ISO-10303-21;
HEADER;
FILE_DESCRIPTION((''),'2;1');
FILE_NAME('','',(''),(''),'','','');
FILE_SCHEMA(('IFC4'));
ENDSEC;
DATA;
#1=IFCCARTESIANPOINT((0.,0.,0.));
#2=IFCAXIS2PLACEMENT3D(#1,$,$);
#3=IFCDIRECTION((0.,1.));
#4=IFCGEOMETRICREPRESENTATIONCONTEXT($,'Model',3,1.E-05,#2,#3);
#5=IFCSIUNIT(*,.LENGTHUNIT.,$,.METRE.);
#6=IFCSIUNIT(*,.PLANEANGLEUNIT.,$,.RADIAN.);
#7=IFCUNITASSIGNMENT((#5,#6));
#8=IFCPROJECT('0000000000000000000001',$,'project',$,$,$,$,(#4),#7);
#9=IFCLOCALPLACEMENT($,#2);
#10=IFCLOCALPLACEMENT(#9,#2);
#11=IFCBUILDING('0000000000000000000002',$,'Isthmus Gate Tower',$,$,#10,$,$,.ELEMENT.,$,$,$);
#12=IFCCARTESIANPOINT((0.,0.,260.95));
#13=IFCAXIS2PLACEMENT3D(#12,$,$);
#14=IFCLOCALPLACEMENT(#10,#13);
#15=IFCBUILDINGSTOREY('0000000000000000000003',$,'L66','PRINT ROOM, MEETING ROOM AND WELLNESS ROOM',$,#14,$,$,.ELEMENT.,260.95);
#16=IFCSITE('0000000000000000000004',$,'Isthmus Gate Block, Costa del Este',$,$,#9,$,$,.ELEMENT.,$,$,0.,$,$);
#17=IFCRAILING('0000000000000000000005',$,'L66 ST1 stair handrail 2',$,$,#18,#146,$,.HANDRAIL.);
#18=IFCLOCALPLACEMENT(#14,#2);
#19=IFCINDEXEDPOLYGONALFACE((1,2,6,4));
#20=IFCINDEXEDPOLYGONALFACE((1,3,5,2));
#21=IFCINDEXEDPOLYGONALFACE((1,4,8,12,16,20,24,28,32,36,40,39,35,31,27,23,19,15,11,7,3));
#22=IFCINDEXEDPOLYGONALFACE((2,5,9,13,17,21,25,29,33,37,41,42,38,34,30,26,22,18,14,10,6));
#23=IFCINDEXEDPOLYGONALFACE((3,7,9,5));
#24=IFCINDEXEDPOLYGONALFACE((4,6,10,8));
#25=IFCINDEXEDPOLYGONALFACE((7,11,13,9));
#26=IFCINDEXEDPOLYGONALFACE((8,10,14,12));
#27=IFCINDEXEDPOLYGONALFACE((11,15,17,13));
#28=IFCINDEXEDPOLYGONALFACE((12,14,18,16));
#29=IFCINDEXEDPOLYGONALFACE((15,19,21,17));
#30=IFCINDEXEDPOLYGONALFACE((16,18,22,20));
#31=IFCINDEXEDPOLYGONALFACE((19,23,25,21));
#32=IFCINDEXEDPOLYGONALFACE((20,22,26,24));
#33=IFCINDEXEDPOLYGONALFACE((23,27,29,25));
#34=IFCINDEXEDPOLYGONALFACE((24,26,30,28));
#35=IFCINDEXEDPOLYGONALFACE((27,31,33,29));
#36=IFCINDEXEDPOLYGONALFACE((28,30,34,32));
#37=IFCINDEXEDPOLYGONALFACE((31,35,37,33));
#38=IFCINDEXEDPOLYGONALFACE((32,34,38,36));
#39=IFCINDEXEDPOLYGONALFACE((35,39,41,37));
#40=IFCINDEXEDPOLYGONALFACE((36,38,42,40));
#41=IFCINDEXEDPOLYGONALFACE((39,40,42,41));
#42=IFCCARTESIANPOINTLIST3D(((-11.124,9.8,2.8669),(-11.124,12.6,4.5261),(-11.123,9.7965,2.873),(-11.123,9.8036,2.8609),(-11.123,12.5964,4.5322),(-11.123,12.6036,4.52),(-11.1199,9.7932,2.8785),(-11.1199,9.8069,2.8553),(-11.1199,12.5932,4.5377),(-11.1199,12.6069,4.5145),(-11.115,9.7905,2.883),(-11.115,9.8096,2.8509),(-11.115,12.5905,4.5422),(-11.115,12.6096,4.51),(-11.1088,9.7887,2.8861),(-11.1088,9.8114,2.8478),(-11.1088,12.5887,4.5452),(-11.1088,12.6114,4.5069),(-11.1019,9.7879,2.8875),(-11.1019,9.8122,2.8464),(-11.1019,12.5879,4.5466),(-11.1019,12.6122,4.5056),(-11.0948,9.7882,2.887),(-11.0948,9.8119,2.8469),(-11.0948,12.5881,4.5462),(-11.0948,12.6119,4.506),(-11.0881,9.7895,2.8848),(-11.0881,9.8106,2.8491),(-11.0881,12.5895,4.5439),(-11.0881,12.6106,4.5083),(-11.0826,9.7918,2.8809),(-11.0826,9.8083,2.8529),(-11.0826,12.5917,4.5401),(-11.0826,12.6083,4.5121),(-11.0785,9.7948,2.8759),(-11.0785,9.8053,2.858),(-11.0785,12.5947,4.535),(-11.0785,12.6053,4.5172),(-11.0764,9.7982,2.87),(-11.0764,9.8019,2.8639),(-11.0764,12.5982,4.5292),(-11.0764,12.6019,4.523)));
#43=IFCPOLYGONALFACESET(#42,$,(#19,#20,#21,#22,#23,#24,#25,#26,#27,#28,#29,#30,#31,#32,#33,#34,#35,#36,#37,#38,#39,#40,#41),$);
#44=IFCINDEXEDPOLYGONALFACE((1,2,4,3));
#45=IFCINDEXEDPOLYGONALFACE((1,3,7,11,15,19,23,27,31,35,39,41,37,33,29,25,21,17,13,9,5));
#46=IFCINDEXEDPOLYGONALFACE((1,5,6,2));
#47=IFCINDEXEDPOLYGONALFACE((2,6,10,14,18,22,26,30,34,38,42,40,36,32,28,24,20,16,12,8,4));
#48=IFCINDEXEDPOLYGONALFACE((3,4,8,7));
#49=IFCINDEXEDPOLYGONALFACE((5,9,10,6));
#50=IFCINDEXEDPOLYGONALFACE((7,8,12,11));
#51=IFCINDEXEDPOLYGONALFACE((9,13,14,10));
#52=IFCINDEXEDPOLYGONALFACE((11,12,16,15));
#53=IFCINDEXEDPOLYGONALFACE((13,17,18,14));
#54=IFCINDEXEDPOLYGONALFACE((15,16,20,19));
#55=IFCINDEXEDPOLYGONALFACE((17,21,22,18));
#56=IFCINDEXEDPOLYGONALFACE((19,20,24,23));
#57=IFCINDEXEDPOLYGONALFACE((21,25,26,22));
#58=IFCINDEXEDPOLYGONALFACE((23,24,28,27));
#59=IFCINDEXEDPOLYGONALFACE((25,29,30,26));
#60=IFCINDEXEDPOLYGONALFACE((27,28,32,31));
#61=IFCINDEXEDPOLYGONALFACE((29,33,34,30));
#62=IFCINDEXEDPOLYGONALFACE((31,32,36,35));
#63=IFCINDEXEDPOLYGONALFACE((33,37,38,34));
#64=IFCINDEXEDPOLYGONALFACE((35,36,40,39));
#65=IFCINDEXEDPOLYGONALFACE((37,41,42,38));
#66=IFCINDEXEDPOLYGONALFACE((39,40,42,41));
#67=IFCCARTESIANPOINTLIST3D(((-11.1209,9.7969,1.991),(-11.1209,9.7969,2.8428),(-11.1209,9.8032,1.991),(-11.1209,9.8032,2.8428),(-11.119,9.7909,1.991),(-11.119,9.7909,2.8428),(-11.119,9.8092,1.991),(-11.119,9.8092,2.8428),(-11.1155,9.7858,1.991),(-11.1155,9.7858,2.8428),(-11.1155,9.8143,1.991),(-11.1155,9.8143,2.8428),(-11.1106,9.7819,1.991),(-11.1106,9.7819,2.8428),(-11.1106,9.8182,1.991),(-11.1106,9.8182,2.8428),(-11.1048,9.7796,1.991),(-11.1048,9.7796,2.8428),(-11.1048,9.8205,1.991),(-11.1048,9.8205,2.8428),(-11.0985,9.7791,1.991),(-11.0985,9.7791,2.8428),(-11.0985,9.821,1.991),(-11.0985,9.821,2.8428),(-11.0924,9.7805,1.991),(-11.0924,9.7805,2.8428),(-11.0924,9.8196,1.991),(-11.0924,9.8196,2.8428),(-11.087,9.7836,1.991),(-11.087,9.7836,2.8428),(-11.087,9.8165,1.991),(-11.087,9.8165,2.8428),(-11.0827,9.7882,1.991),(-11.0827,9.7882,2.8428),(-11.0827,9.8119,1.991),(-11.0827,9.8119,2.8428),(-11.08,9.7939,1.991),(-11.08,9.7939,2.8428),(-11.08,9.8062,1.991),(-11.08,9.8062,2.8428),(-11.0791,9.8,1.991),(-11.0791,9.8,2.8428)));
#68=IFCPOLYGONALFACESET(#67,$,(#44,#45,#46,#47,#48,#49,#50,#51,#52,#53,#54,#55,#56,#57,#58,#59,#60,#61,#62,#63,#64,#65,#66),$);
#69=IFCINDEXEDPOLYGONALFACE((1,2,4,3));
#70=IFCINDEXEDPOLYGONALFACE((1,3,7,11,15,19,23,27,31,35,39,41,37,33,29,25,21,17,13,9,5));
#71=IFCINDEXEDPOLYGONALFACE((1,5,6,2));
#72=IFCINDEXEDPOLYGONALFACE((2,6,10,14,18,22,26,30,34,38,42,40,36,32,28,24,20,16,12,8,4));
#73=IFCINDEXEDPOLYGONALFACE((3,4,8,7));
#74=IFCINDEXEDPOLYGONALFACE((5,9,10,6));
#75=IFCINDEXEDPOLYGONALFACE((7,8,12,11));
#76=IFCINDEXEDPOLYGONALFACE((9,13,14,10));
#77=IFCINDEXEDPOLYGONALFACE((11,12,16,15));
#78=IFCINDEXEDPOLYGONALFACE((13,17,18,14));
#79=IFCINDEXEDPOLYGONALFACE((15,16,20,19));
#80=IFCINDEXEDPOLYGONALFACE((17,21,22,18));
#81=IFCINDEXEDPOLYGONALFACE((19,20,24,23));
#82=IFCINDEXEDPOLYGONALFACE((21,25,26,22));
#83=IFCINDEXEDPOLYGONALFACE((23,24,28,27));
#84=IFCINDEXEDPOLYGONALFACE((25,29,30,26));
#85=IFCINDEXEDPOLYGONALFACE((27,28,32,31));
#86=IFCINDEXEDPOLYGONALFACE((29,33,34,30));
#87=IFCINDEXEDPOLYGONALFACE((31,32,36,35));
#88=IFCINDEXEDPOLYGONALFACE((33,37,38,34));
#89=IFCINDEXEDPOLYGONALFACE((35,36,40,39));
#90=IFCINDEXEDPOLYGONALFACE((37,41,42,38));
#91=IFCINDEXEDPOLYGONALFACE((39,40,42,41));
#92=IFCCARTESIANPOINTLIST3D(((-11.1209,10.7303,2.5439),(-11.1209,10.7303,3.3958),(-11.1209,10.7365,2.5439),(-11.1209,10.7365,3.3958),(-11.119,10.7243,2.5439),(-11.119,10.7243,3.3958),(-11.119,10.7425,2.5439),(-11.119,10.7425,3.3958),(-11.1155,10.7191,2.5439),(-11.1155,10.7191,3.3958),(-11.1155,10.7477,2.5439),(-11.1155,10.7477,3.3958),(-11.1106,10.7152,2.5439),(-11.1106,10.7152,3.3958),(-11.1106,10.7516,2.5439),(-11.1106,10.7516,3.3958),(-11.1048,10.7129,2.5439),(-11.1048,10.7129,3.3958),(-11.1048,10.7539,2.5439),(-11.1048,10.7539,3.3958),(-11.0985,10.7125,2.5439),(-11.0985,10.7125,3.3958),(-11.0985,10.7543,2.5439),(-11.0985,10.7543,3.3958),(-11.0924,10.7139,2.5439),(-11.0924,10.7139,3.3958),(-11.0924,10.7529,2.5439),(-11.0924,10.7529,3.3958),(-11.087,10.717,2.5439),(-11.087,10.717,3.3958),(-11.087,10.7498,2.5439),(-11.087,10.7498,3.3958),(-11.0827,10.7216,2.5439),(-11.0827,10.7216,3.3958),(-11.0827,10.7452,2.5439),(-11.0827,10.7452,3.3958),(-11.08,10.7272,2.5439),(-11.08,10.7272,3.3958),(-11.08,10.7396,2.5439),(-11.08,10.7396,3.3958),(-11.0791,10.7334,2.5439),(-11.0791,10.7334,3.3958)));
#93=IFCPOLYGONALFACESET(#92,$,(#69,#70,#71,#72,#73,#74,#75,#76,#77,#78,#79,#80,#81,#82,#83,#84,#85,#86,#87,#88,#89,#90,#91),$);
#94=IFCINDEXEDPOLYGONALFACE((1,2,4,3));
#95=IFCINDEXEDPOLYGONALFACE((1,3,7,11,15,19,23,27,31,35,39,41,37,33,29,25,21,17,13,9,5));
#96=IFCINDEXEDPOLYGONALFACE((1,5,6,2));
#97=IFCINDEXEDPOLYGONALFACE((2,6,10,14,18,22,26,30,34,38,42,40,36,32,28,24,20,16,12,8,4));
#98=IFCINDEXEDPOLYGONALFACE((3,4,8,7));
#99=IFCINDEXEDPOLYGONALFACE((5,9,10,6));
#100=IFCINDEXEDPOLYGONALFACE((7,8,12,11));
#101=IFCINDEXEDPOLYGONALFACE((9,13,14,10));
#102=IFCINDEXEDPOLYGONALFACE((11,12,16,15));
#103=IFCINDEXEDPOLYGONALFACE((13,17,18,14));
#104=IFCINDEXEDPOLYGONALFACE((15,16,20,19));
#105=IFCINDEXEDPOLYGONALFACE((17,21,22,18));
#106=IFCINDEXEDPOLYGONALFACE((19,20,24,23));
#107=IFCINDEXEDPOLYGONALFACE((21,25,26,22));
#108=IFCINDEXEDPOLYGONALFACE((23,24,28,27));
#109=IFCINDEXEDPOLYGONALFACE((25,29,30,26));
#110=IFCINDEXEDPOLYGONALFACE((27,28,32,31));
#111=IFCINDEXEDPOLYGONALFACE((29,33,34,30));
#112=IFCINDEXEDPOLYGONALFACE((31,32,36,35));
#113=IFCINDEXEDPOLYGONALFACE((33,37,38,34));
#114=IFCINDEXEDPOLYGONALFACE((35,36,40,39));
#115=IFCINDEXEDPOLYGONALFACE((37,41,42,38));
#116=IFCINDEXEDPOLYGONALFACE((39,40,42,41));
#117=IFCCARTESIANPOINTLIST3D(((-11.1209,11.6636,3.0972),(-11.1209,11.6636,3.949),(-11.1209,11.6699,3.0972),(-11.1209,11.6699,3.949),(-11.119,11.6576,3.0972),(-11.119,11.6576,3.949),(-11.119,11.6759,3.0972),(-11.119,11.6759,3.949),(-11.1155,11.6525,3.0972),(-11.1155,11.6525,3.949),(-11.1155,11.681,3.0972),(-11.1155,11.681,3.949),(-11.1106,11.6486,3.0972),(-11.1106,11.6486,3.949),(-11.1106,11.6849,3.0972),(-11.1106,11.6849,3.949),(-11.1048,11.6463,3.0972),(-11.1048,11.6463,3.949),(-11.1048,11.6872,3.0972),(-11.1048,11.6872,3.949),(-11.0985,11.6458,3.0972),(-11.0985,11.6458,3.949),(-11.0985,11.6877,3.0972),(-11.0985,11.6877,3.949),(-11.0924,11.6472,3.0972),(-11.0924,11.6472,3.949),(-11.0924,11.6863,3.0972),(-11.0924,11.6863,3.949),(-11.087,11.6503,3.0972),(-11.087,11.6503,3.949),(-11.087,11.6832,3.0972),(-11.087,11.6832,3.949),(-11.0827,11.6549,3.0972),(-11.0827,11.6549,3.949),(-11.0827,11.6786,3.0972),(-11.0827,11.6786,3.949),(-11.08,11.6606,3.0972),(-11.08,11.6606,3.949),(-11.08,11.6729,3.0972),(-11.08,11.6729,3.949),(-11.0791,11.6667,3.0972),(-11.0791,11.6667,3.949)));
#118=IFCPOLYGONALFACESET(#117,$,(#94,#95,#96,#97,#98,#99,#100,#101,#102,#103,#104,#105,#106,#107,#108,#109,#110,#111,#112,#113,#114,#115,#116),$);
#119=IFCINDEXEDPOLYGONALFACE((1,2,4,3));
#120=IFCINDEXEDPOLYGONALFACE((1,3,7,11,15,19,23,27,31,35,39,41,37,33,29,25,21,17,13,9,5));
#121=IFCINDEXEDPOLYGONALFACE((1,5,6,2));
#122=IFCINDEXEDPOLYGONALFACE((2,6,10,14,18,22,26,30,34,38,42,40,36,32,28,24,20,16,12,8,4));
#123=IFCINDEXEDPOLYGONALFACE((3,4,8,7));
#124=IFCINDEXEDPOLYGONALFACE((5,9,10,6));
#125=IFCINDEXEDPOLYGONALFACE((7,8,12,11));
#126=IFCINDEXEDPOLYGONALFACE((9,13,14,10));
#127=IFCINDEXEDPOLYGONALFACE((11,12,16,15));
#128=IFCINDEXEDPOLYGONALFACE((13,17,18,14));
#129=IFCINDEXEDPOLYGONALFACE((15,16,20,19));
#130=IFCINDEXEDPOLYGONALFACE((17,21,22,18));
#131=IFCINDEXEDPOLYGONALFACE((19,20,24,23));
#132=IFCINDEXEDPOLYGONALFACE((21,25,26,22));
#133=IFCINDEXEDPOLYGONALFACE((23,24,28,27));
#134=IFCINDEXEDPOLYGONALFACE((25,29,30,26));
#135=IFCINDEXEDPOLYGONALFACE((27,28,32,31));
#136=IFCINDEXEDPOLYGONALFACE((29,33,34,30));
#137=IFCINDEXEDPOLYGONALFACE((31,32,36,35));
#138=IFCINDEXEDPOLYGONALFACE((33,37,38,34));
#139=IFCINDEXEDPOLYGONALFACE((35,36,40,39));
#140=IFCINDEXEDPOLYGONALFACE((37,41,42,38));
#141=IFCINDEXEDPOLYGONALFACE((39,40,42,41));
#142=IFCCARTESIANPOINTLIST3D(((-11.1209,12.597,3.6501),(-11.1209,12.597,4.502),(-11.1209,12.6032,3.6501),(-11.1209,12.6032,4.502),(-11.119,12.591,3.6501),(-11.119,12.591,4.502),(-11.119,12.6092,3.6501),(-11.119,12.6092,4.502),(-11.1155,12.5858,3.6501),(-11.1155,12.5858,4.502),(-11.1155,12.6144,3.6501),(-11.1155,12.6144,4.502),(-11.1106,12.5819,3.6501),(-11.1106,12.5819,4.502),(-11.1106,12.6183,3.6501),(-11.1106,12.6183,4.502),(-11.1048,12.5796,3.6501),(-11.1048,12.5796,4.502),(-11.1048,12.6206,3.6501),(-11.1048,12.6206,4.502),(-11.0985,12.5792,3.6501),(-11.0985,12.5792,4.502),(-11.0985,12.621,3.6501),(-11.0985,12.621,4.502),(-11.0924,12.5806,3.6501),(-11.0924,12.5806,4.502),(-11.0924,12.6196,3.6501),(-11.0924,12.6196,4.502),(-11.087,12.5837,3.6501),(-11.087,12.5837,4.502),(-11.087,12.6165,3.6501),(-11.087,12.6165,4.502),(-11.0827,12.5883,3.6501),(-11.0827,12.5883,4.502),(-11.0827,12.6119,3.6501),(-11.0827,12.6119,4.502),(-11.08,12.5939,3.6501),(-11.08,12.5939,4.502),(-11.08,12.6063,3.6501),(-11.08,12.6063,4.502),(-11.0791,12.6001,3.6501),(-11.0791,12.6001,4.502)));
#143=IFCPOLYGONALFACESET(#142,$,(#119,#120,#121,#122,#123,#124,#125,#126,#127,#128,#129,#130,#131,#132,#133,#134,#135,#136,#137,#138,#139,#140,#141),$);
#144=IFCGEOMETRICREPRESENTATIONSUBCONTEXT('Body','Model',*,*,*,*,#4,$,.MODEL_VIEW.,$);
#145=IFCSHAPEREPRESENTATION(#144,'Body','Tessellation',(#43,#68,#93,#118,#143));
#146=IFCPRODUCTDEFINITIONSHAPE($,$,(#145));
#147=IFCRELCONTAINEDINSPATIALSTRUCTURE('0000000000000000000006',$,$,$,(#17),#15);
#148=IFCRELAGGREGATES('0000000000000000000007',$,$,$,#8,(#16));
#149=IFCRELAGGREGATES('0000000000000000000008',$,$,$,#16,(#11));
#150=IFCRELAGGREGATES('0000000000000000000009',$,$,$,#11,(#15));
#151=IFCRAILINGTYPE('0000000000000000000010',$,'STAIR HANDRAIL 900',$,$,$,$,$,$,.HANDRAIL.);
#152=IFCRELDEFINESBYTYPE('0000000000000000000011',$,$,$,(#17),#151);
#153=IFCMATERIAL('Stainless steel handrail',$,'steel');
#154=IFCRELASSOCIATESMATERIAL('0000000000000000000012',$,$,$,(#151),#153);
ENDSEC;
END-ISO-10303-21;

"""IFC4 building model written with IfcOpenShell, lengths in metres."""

from ifc_helpers import new_model, si_unit, direction, frame, origin, origin_2d, place, context, subcontext, project, spatial, circle, extrude, material, type_object, element, save


model = new_model("IFC4")

# Units and contexts
model_context = context("Model", 3, precision=1e-05, world=origin(), true_north=direction((0.0, 1.0)))
body_context = subcontext(model_context, "Body", "Model", "MODEL_VIEW")
ifc_project = project(units=[si_unit("LENGTHUNIT", "METRE"), si_unit("PLANEANGLEUNIT", "RADIAN")], contexts=[model_context])

# Site, building, storey
site_placement = place(None, origin())
site = spatial("IfcSite", under=ifc_project, at=site_placement, Name="Isthmus Gate Block, Costa del Este", CompositionType="ELEMENT", RefElevation=0.0)
building_placement = place(site_placement, origin())
building = spatial("IfcBuilding", under=site, at=building_placement, Name="Isthmus Gate Tower", CompositionType="ELEMENT")
storey_placement = place(building_placement, frame((0.0, 0.0, 260.95)))
storey = spatial("IfcBuildingStorey", under=building, at=storey_placement, Name="L66", Description="PRINT ROOM, MEETING ROOM AND WELLNESS ROOM", CompositionType="ELEMENT", Elevation=260.95)

# Railing
ifc_material_1 = material(Name="Stainless steel handrail", Category="steel")
railing_type_1 = type_object("IfcRailingType", Name="STAIR HANDRAIL 900", PredefinedType="HANDRAIL", material=ifc_material_1)
railing_1_placement = place(storey_placement, frame((-11.1001, 9.8, 1.991)))
element("IfcRailing", 1, at=railing_1_placement, inside=storey, type_object=railing_type_1, Name="L66 ST1 stair handrail 2", PredefinedType="HANDRAIL", context=body_context, shape_type="SweptSolid", body=[
    extrude(circle(Radius=0.0239, at=origin_2d()), frame((0.0, 0.0, 0.876), z_axis=(0.0, 0.860306, 0.509778), x_axis=(-1.0, 0.0, 0.0)), (0.0, 0.0, 1.0), 3.2546),
    extrude(circle(Radius=0.021, at=origin_2d()), origin(), (0.0, 0.0, 1.0), 0.8518),
    extrude(circle(Radius=0.021, at=origin_2d()), frame((0.0, 0.9333, 0.553)), (0.0, 0.0, 1.0), 0.8518),
    extrude(circle(Radius=0.021, at=origin_2d()), frame((0.0, 1.8667, 1.1062)), (0.0, 0.0, 1.0), 0.8518),
    extrude(circle(Radius=0.021, at=origin_2d()), frame((0.0, 2.8, 1.6592)), (0.0, 0.0, 1.0), 0.8518),
])

save(model, "model.ifc")
